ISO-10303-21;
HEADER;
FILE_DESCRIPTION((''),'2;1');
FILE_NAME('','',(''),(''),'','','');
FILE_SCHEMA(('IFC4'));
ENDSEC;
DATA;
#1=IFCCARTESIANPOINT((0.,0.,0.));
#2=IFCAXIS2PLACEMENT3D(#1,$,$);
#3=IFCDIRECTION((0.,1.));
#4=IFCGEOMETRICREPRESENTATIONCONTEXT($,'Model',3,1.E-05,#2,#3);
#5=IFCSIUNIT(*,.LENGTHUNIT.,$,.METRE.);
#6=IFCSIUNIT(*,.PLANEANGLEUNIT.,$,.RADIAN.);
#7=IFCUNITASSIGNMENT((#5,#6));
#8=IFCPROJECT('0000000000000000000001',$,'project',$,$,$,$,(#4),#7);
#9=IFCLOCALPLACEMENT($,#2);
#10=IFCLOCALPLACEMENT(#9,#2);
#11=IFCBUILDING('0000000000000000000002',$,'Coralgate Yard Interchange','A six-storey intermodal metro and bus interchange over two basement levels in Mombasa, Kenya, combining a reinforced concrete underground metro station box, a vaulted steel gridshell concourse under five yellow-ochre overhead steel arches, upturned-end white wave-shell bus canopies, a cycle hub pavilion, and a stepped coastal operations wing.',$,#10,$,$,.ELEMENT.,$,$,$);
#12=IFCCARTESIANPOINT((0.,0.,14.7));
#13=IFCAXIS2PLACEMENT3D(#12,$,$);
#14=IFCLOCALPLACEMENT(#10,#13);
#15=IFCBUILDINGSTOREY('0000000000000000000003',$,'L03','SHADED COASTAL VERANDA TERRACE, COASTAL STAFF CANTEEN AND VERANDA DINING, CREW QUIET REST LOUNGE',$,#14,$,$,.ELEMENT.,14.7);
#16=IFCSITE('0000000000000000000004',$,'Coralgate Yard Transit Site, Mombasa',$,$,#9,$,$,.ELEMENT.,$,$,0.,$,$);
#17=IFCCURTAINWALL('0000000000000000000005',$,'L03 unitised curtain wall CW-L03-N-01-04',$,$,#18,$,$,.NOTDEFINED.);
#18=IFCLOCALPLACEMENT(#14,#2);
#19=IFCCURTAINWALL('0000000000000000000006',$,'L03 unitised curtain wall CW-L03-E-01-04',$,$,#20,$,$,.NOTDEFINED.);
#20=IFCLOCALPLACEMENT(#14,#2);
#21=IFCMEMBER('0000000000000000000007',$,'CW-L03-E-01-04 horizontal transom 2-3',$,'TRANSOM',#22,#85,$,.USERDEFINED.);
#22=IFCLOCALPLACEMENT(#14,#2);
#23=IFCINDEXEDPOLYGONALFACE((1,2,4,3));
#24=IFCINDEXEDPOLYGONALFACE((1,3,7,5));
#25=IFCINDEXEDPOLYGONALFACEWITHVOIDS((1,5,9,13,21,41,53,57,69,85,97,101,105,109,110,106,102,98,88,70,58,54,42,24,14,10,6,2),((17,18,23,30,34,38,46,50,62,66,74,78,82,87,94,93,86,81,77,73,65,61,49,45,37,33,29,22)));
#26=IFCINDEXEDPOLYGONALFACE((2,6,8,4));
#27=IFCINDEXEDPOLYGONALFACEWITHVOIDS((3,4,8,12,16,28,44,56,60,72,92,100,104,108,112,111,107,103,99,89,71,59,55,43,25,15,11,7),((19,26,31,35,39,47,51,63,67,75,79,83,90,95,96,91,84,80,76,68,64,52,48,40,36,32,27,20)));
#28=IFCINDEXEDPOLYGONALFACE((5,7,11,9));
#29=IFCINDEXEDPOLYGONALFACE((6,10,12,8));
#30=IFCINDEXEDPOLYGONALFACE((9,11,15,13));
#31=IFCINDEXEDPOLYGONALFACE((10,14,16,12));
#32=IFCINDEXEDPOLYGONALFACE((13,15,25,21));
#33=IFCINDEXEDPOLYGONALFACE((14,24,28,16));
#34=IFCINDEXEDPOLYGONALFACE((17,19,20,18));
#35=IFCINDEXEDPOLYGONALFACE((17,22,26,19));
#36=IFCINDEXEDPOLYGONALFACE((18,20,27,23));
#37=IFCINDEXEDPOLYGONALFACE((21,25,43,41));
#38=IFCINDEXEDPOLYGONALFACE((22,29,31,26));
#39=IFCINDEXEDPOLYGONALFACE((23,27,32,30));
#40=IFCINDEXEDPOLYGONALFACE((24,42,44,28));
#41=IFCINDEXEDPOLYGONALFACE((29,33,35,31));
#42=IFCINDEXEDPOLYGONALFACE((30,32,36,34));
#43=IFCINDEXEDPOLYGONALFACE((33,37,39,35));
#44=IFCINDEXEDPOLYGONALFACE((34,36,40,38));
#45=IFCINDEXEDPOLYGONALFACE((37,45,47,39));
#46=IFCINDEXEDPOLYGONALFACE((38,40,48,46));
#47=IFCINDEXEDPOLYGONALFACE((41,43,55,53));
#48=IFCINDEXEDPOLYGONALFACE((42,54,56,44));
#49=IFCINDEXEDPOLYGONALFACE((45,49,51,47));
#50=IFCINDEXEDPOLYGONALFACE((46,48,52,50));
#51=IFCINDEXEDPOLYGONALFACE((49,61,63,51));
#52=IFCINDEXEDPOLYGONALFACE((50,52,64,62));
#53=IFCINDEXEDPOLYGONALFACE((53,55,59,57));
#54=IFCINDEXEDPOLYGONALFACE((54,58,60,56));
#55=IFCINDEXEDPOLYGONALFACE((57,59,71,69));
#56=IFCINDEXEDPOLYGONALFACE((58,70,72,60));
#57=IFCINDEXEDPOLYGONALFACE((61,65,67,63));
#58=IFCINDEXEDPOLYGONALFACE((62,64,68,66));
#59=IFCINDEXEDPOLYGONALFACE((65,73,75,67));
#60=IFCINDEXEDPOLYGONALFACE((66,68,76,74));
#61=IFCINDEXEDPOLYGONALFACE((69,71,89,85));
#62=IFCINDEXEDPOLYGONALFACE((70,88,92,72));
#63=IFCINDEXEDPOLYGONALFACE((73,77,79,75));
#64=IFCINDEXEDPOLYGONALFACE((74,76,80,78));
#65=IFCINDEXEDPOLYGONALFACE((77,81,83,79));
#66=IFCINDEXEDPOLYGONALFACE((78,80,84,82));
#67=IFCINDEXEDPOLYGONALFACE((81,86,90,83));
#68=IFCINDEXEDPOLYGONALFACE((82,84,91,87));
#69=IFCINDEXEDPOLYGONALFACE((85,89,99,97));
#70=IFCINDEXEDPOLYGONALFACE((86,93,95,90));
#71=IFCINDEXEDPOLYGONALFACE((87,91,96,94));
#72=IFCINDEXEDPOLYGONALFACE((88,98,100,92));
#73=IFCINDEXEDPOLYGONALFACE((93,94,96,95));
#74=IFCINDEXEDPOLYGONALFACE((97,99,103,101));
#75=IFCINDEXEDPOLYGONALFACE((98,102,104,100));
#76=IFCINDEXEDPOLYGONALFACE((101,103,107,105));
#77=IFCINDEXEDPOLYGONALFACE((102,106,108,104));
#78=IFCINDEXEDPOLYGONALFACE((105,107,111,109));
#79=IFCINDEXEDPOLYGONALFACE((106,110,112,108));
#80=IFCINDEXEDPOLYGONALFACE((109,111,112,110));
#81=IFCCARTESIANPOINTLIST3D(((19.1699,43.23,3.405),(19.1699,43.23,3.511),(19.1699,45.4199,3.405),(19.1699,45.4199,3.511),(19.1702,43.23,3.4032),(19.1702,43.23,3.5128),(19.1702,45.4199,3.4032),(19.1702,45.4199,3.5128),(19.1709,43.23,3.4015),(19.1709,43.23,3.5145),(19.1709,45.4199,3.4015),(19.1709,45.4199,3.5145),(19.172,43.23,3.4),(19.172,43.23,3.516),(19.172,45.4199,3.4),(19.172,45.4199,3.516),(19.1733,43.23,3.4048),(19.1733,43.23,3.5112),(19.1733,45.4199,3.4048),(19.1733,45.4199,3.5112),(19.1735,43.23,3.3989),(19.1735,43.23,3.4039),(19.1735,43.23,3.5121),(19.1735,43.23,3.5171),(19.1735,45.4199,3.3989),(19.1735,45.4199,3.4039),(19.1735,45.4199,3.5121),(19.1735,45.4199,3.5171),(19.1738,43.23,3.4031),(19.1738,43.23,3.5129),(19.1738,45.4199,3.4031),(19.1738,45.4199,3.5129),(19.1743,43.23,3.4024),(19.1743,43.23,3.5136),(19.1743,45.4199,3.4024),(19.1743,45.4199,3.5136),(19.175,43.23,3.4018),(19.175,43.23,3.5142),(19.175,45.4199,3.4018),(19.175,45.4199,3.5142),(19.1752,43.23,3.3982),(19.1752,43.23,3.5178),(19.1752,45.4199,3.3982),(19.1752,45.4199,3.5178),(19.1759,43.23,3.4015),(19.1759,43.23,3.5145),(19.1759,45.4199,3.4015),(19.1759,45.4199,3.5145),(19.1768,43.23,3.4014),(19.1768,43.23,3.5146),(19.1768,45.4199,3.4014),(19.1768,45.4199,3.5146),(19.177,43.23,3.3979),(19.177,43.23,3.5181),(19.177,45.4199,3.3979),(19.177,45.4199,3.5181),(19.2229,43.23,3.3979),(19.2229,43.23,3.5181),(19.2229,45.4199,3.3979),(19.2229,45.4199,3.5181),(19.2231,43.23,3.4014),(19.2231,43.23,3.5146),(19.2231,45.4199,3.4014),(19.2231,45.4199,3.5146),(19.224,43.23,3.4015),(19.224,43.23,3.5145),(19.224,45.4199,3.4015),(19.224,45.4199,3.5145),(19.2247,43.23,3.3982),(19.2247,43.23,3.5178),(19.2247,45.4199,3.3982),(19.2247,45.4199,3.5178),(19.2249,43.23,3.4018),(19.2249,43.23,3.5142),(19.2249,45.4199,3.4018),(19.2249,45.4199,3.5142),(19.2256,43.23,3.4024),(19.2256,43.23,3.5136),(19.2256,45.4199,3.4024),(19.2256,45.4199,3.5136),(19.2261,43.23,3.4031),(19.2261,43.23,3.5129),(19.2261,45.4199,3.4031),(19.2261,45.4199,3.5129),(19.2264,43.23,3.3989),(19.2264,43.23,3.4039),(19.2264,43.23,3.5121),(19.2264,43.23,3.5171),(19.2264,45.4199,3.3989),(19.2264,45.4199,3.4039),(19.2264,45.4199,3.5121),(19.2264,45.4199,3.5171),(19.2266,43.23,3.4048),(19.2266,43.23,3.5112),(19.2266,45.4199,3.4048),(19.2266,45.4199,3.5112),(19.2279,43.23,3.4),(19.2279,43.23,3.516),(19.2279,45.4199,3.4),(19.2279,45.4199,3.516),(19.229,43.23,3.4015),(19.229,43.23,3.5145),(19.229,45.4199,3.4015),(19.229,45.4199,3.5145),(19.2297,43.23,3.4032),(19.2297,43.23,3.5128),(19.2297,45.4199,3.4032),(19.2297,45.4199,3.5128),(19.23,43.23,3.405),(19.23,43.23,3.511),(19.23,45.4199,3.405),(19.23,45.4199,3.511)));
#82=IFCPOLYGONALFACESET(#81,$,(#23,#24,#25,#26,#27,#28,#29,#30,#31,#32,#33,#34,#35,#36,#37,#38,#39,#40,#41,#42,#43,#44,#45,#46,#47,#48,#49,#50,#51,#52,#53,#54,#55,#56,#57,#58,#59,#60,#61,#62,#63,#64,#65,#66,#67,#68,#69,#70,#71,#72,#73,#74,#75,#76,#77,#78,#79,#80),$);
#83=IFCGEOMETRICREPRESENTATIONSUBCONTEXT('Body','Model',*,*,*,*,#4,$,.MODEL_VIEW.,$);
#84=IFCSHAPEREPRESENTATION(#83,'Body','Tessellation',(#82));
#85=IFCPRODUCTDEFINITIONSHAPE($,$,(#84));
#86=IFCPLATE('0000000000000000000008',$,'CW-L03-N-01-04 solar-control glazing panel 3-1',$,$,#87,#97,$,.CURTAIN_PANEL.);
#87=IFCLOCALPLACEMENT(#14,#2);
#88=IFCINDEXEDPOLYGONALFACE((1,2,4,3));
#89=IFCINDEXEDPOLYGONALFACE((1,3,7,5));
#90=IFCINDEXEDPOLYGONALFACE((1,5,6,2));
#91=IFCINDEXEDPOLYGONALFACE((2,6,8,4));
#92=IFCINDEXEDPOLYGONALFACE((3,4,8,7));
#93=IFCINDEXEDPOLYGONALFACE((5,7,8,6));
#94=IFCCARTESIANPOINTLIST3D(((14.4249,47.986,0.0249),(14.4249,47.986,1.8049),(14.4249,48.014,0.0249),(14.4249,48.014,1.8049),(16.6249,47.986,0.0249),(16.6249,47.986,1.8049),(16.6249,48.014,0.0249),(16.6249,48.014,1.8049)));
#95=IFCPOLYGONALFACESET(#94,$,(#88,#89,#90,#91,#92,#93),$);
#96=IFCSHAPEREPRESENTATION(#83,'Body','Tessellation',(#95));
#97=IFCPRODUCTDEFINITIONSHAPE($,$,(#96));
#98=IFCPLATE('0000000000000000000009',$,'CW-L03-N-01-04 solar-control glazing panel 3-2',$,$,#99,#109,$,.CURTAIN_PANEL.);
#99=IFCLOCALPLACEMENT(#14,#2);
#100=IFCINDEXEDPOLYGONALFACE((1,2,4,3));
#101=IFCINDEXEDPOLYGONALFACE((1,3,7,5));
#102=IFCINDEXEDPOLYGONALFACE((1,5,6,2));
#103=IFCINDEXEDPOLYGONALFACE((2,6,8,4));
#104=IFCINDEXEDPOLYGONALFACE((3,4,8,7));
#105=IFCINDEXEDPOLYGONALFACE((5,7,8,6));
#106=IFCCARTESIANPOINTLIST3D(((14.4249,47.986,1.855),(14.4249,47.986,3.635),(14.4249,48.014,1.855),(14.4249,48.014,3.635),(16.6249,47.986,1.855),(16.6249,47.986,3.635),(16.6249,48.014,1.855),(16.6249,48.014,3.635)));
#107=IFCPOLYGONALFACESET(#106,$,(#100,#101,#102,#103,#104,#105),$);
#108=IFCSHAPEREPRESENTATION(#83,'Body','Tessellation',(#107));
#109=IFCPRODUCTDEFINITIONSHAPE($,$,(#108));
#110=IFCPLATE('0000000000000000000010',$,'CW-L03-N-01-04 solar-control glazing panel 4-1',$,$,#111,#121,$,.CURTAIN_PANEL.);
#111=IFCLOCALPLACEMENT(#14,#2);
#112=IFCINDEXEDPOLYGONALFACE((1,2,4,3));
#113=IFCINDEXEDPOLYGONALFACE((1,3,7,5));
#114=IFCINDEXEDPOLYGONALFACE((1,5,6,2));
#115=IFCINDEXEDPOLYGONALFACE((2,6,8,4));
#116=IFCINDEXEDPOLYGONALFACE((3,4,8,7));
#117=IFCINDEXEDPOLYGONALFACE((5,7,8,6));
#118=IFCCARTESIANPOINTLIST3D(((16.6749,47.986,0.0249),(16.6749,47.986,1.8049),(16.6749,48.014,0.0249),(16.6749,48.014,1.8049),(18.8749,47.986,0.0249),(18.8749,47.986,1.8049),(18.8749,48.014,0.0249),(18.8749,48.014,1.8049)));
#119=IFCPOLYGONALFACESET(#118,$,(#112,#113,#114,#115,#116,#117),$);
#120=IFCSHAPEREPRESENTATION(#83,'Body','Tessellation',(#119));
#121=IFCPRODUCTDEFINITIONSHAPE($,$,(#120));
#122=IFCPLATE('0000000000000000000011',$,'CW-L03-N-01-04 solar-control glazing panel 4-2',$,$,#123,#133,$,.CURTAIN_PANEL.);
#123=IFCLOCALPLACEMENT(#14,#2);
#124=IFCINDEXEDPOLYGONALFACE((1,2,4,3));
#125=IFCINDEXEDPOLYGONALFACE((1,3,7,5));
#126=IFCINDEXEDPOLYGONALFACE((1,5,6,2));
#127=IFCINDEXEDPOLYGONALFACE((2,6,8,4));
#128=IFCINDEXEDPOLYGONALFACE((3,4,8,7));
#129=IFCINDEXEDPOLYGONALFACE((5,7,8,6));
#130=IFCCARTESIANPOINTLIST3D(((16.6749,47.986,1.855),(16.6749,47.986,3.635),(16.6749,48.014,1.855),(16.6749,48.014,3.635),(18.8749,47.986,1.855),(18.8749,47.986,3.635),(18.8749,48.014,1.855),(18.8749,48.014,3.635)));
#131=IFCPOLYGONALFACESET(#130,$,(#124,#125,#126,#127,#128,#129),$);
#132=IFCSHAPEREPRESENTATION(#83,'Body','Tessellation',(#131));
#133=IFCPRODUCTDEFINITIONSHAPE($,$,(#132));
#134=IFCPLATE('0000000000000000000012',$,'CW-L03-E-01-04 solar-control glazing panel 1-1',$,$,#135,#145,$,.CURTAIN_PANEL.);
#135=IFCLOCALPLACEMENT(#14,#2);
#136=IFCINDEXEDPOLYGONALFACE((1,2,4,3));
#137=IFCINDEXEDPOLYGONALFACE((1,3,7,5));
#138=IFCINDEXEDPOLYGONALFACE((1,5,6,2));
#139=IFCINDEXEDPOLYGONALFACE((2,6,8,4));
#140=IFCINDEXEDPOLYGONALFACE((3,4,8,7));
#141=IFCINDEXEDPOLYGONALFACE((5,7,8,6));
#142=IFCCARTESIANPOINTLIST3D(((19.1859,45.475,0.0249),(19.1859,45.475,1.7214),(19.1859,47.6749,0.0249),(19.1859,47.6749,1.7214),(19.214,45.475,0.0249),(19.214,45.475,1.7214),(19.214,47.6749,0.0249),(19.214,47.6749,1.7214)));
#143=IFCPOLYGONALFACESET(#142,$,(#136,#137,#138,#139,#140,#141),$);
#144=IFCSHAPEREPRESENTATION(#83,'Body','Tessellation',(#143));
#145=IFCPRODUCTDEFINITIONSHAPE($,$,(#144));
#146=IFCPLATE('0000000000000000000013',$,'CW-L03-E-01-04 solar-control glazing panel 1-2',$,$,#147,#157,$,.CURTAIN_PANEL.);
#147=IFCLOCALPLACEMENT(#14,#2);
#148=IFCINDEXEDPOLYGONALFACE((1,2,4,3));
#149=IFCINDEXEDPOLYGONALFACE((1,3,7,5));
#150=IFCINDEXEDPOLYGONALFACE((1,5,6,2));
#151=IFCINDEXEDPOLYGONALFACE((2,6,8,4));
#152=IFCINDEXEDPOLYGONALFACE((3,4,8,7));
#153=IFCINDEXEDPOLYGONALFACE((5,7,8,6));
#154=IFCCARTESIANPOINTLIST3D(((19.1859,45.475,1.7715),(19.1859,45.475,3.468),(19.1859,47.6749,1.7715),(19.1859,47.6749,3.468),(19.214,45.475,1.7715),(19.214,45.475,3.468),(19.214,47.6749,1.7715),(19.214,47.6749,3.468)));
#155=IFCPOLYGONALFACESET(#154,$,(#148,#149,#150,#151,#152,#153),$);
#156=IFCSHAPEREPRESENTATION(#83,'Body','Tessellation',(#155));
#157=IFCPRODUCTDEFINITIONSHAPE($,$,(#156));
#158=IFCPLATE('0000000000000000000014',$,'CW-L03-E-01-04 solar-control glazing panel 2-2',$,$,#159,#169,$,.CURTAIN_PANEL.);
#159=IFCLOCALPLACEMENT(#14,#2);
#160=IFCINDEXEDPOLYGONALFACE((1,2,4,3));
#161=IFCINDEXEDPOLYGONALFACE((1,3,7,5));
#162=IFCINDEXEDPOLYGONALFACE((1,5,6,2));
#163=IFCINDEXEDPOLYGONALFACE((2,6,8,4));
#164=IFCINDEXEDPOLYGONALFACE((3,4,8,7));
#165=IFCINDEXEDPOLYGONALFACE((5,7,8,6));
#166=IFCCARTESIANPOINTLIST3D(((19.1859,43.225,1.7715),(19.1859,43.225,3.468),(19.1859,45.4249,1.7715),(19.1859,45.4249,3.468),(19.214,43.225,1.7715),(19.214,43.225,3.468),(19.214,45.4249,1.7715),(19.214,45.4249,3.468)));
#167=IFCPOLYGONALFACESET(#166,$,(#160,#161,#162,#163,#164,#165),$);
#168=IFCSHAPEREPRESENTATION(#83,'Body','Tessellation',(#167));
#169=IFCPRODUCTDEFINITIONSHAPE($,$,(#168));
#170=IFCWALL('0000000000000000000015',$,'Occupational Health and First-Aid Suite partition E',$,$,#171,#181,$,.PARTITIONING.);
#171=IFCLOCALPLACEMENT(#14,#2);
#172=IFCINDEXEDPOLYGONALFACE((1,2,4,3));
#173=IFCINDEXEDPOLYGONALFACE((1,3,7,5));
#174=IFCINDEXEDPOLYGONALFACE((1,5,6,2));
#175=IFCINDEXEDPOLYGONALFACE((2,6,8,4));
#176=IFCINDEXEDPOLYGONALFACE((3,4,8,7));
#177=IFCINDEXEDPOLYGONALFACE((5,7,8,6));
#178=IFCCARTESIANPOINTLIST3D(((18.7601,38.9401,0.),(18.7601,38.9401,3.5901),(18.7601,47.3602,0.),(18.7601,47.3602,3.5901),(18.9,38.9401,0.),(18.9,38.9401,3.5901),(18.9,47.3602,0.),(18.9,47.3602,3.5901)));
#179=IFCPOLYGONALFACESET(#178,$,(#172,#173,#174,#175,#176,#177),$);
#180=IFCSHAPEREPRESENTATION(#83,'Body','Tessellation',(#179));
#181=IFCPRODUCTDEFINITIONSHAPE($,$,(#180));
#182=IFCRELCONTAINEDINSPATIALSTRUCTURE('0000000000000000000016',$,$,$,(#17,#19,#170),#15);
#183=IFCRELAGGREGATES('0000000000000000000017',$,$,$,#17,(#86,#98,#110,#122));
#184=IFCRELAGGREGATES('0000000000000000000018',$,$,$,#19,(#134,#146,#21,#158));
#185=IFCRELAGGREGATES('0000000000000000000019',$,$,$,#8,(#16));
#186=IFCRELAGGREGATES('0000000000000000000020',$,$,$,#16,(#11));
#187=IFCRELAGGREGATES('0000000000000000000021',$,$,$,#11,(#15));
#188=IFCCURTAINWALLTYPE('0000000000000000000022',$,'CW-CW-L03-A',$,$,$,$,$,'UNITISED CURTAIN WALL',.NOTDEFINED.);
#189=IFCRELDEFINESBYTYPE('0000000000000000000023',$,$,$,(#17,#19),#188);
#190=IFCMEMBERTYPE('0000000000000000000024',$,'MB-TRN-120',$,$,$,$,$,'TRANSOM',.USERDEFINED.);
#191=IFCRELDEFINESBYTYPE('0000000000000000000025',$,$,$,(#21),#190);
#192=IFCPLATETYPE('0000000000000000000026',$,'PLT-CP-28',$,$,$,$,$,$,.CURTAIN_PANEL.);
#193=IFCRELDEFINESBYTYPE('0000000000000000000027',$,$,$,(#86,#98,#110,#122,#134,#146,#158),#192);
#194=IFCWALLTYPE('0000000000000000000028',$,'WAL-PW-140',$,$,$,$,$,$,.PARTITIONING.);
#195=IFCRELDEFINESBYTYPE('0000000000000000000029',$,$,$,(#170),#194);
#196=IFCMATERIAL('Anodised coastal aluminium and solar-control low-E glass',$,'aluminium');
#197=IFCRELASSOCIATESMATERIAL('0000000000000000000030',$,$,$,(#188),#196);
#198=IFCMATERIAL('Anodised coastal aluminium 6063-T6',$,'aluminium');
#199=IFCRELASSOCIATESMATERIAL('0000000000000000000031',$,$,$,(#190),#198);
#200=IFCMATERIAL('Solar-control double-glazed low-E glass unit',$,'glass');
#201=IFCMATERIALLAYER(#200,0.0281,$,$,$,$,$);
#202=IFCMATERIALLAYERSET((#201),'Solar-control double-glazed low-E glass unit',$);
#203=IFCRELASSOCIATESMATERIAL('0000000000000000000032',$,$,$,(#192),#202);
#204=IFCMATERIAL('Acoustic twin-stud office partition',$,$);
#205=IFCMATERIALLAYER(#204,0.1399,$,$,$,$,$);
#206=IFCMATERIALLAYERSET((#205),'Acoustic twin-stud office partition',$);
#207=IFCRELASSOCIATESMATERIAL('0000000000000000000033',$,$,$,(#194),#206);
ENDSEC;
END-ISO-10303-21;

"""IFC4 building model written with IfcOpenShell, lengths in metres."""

from ifc_helpers import new_model, si_unit, direction, frame, frame_2d, origin, origin_2d, place, context, subcontext, project, spatial, rectangle, hollow_rectangle, extrude, material, layer, layer_set, material_profile, profile_set, type_object, element, aggregate, save


model = new_model("IFC4")

# Units and contexts
model_context = context("Model", 3, precision=1e-05, world=origin(), true_north=direction((0.0, 1.0)))
body_context = subcontext(model_context, "Body", "Model", "MODEL_VIEW")
ifc_project = project(units=[si_unit("LENGTHUNIT", "METRE"), si_unit("PLANEANGLEUNIT", "RADIAN")], contexts=[model_context])

# Site, building, storey
site_placement = place(None, origin())
site = spatial("IfcSite", under=ifc_project, at=site_placement, Name="Coralgate Yard Transit Site, Mombasa", CompositionType="ELEMENT", RefElevation=0.0)
building_placement = place(site_placement, origin())
building = spatial("IfcBuilding", under=site, at=building_placement, Name="Coralgate Yard Interchange", Description="A six-storey intermodal metro and bus interchange over two basement levels in Mombasa, Kenya, combining a reinforced concrete underground metro station box, a vaulted steel gridshell concourse under five yellow-ochre overhead steel arches, upturned-end white wave-shell bus canopies, a cycle hub pavilion, and a stepped coastal operations wing.", CompositionType="ELEMENT")
storey_placement = place(building_placement, frame((0.0, 0.0, 14.7)))
storey = spatial("IfcBuildingStorey", under=building, at=storey_placement, Name="L03", Description="SHADED COASTAL VERANDA TERRACE, COASTAL STAFF CANTEEN AND VERANDA DINING, CREW QUIET REST LOUNGE", CompositionType="ELEMENT", Elevation=14.7)

# Curtain walls
ifc_material_1 = material(Name="Anodised coastal aluminium and solar-control low-E glass", Category="aluminium")
curtain_wall_type = type_object("IfcCurtainWallType", Name="CW-CW-L03-A", ElementType="UNITISED CURTAIN WALL", PredefinedType="NOTDEFINED", material=ifc_material_1)
curtain_wall_1_placement = place(storey_placement, origin())
curtain_wall_1 = element("IfcCurtainWall", 1, at=curtain_wall_1_placement, inside=storey, type_object=curtain_wall_type, Name="L03 unitised curtain wall CW-L03-N-01-04", PredefinedType="NOTDEFINED")
ifc_material_2 = material(Name="Anodised coastal aluminium 6063-T6", Category="aluminium")
curtain_wall_2_placement = place(storey_placement, origin())
curtain_wall_2 = element("IfcCurtainWall", 2, at=curtain_wall_2_placement, inside=storey, type_object=curtain_wall_type, Name="L03 unitised curtain wall CW-L03-E-01-04", PredefinedType="NOTDEFINED")

# Member
ifc_material_profile_1 = material_profile(ifc_material_2, hollow_rectangle(XDim=0.0601, YDim=0.1201, WallThickness=0.0034, InnerFilletRadius=0.0034, OuterFilletRadius=0.0071, at=origin_2d()), Name="ALU 60x120x3.5")
ifc_profile_set_1 = profile_set([ifc_material_profile_1], Name="Anodised coastal aluminium 6063-T6")
member_type_1 = type_object("IfcMemberType", Name="MB-TRN-120", ElementType="TRANSOM", PredefinedType="USERDEFINED", material=ifc_profile_set_1)
member_1_placement = place(storey_placement, frame((19.2, 45.4199, 3.458), z_axis=(0.0, -1.0, 0.0), x_axis=(1.0, 0.0, 0.0)))
member_1 = element("IfcMember", 3, at=member_1_placement, type_object=member_type_1, Name="CW-L03-E-01-04 horizontal transom 2-3", ObjectType="TRANSOM", PredefinedType="USERDEFINED", context=body_context, shape_type="SweptSolid", body=[
    extrude(hollow_rectangle(XDim=0.0601, YDim=0.1201, WallThickness=0.0034, InnerFilletRadius=0.0034, OuterFilletRadius=0.0071, at=origin_2d()), origin(), (0.0, 0.0, 1.0), 2.1899),
])

# Plates
ifc_material_3 = material(Name="Solar-control double-glazed low-E glass unit", Category="glass")
ifc_layer_1 = layer(ifc_material_3, 0.0281)
ifc_layer_set_1 = layer_set([ifc_layer_1], Name="Solar-control double-glazed low-E glass unit")
plate_type = type_object("IfcPlateType", Name="PLT-CP-28", PredefinedType="CURTAIN_PANEL", material=ifc_layer_set_1)
plate_1_placement = place(storey_placement, frame((15.5249, 48.0, 0.0249), z_axis=(0.0, 0.0, 1.0), x_axis=(1.0, 0.0, 0.0)))
plate_1 = element("IfcPlate", 4, at=plate_1_placement, type_object=plate_type, Name="CW-L03-N-01-04 solar-control glazing panel 3-1", PredefinedType="CURTAIN_PANEL", context=body_context, shape_type="SweptSolid", body=[
    extrude(rectangle(XDim=2.2, YDim=0.0281, at=origin_2d()), origin(), (0.0, 0.0, 1.0), 1.78),
])
plate_2_placement = place(storey_placement, frame((15.5249, 48.0, 1.855), z_axis=(0.0, 0.0, 1.0), x_axis=(1.0, 0.0, 0.0)))
plate_2 = element("IfcPlate", 5, at=plate_2_placement, type_object=plate_type, Name="CW-L03-N-01-04 solar-control glazing panel 3-2", PredefinedType="CURTAIN_PANEL", context=body_context, shape_type="SweptSolid", body=[
    extrude(rectangle(XDim=2.2, YDim=0.0281, at=origin_2d()), origin(), (0.0, 0.0, 1.0), 1.78),
])
plate_3_placement = place(storey_placement, frame((17.7749, 48.0, 0.0249), z_axis=(0.0, 0.0, 1.0), x_axis=(1.0, 0.0, 0.0)))
plate_3 = element("IfcPlate", 6, at=plate_3_placement, type_object=plate_type, Name="CW-L03-N-01-04 solar-control glazing panel 4-1", PredefinedType="CURTAIN_PANEL", context=body_context, shape_type="SweptSolid", body=[
    extrude(rectangle(XDim=2.2, YDim=0.0281, at=origin_2d()), origin(), (0.0, 0.0, 1.0), 1.78),
])
plate_4_placement = place(storey_placement, frame((17.7749, 48.0, 1.855), z_axis=(0.0, 0.0, 1.0), x_axis=(1.0, 0.0, 0.0)))
plate_4 = element("IfcPlate", 7, at=plate_4_placement, type_object=plate_type, Name="CW-L03-N-01-04 solar-control glazing panel 4-2", PredefinedType="CURTAIN_PANEL", context=body_context, shape_type="SweptSolid", body=[
    extrude(rectangle(XDim=2.2, YDim=0.0281, at=origin_2d()), origin(), (0.0, 0.0, 1.0), 1.78),
])
aggregate(curtain_wall_1, [plate_1, plate_2, plate_3, plate_4])
plate_5_placement = place(storey_placement, frame((19.2, 46.575, 0.0249), z_axis=(0.0, 0.0, 1.0), x_axis=(0.0, -1.0, 0.0)))
plate_5 = element("IfcPlate", 8, at=plate_5_placement, type_object=plate_type, Name="CW-L03-E-01-04 solar-control glazing panel 1-1", PredefinedType="CURTAIN_PANEL", context=body_context, shape_type="SweptSolid", body=[
    extrude(rectangle(XDim=2.2, YDim=0.0281, at=origin_2d()), origin(), (0.0, 0.0, 1.0), 1.6965),
])
plate_6_placement = place(storey_placement, frame((19.2, 46.575, 1.7715), z_axis=(0.0, 0.0, 1.0), x_axis=(0.0, -1.0, 0.0)))
plate_6 = element("IfcPlate", 9, at=plate_6_placement, type_object=plate_type, Name="CW-L03-E-01-04 solar-control glazing panel 1-2", PredefinedType="CURTAIN_PANEL", context=body_context, shape_type="SweptSolid", body=[
    extrude(rectangle(XDim=2.2, YDim=0.0281, at=origin_2d()), origin(), (0.0, 0.0, 1.0), 1.6965),
])
plate_7_placement = place(storey_placement, frame((19.2, 44.325, 1.7715), z_axis=(0.0, 0.0, 1.0), x_axis=(0.0, -1.0, 0.0)))
plate_7 = element("IfcPlate", 10, at=plate_7_placement, type_object=plate_type, Name="CW-L03-E-01-04 solar-control glazing panel 2-2", PredefinedType="CURTAIN_PANEL", context=body_context, shape_type="SweptSolid", body=[
    extrude(rectangle(XDim=2.2, YDim=0.0281, at=origin_2d()), origin(), (0.0, 0.0, 1.0), 1.6965),
])
aggregate(curtain_wall_2, [plate_5, plate_6, member_1, plate_7])

# Wall
ifc_material_4 = material(Name="Acoustic twin-stud office partition")
ifc_layer_2 = layer(ifc_material_4, 0.1399)
ifc_layer_set_2 = layer_set([ifc_layer_2], Name="Acoustic twin-stud office partition")
wall_type = type_object("IfcWallType", Name="WAL-PW-140", PredefinedType="PARTITIONING", material=ifc_layer_set_2)
wall_placement = place(storey_placement, frame((18.8301, 47.3601, 0.0), z_axis=(0.0, 0.0, 1.0), x_axis=(0.0, -1.0, 0.0)))
element("IfcWall", 11, at=wall_placement, inside=storey, type_object=wall_type, Name="Occupational Health and First-Aid Suite partition E", PredefinedType="PARTITIONING", context=body_context, shape_type="SweptSolid", body=[
    extrude(rectangle(XDim=8.4202, YDim=0.1399, at=frame_2d((4.21, 0.0))), origin(), (0.0, 0.0, 1.0), 3.5901),
])

save(model, "model.ifc")
